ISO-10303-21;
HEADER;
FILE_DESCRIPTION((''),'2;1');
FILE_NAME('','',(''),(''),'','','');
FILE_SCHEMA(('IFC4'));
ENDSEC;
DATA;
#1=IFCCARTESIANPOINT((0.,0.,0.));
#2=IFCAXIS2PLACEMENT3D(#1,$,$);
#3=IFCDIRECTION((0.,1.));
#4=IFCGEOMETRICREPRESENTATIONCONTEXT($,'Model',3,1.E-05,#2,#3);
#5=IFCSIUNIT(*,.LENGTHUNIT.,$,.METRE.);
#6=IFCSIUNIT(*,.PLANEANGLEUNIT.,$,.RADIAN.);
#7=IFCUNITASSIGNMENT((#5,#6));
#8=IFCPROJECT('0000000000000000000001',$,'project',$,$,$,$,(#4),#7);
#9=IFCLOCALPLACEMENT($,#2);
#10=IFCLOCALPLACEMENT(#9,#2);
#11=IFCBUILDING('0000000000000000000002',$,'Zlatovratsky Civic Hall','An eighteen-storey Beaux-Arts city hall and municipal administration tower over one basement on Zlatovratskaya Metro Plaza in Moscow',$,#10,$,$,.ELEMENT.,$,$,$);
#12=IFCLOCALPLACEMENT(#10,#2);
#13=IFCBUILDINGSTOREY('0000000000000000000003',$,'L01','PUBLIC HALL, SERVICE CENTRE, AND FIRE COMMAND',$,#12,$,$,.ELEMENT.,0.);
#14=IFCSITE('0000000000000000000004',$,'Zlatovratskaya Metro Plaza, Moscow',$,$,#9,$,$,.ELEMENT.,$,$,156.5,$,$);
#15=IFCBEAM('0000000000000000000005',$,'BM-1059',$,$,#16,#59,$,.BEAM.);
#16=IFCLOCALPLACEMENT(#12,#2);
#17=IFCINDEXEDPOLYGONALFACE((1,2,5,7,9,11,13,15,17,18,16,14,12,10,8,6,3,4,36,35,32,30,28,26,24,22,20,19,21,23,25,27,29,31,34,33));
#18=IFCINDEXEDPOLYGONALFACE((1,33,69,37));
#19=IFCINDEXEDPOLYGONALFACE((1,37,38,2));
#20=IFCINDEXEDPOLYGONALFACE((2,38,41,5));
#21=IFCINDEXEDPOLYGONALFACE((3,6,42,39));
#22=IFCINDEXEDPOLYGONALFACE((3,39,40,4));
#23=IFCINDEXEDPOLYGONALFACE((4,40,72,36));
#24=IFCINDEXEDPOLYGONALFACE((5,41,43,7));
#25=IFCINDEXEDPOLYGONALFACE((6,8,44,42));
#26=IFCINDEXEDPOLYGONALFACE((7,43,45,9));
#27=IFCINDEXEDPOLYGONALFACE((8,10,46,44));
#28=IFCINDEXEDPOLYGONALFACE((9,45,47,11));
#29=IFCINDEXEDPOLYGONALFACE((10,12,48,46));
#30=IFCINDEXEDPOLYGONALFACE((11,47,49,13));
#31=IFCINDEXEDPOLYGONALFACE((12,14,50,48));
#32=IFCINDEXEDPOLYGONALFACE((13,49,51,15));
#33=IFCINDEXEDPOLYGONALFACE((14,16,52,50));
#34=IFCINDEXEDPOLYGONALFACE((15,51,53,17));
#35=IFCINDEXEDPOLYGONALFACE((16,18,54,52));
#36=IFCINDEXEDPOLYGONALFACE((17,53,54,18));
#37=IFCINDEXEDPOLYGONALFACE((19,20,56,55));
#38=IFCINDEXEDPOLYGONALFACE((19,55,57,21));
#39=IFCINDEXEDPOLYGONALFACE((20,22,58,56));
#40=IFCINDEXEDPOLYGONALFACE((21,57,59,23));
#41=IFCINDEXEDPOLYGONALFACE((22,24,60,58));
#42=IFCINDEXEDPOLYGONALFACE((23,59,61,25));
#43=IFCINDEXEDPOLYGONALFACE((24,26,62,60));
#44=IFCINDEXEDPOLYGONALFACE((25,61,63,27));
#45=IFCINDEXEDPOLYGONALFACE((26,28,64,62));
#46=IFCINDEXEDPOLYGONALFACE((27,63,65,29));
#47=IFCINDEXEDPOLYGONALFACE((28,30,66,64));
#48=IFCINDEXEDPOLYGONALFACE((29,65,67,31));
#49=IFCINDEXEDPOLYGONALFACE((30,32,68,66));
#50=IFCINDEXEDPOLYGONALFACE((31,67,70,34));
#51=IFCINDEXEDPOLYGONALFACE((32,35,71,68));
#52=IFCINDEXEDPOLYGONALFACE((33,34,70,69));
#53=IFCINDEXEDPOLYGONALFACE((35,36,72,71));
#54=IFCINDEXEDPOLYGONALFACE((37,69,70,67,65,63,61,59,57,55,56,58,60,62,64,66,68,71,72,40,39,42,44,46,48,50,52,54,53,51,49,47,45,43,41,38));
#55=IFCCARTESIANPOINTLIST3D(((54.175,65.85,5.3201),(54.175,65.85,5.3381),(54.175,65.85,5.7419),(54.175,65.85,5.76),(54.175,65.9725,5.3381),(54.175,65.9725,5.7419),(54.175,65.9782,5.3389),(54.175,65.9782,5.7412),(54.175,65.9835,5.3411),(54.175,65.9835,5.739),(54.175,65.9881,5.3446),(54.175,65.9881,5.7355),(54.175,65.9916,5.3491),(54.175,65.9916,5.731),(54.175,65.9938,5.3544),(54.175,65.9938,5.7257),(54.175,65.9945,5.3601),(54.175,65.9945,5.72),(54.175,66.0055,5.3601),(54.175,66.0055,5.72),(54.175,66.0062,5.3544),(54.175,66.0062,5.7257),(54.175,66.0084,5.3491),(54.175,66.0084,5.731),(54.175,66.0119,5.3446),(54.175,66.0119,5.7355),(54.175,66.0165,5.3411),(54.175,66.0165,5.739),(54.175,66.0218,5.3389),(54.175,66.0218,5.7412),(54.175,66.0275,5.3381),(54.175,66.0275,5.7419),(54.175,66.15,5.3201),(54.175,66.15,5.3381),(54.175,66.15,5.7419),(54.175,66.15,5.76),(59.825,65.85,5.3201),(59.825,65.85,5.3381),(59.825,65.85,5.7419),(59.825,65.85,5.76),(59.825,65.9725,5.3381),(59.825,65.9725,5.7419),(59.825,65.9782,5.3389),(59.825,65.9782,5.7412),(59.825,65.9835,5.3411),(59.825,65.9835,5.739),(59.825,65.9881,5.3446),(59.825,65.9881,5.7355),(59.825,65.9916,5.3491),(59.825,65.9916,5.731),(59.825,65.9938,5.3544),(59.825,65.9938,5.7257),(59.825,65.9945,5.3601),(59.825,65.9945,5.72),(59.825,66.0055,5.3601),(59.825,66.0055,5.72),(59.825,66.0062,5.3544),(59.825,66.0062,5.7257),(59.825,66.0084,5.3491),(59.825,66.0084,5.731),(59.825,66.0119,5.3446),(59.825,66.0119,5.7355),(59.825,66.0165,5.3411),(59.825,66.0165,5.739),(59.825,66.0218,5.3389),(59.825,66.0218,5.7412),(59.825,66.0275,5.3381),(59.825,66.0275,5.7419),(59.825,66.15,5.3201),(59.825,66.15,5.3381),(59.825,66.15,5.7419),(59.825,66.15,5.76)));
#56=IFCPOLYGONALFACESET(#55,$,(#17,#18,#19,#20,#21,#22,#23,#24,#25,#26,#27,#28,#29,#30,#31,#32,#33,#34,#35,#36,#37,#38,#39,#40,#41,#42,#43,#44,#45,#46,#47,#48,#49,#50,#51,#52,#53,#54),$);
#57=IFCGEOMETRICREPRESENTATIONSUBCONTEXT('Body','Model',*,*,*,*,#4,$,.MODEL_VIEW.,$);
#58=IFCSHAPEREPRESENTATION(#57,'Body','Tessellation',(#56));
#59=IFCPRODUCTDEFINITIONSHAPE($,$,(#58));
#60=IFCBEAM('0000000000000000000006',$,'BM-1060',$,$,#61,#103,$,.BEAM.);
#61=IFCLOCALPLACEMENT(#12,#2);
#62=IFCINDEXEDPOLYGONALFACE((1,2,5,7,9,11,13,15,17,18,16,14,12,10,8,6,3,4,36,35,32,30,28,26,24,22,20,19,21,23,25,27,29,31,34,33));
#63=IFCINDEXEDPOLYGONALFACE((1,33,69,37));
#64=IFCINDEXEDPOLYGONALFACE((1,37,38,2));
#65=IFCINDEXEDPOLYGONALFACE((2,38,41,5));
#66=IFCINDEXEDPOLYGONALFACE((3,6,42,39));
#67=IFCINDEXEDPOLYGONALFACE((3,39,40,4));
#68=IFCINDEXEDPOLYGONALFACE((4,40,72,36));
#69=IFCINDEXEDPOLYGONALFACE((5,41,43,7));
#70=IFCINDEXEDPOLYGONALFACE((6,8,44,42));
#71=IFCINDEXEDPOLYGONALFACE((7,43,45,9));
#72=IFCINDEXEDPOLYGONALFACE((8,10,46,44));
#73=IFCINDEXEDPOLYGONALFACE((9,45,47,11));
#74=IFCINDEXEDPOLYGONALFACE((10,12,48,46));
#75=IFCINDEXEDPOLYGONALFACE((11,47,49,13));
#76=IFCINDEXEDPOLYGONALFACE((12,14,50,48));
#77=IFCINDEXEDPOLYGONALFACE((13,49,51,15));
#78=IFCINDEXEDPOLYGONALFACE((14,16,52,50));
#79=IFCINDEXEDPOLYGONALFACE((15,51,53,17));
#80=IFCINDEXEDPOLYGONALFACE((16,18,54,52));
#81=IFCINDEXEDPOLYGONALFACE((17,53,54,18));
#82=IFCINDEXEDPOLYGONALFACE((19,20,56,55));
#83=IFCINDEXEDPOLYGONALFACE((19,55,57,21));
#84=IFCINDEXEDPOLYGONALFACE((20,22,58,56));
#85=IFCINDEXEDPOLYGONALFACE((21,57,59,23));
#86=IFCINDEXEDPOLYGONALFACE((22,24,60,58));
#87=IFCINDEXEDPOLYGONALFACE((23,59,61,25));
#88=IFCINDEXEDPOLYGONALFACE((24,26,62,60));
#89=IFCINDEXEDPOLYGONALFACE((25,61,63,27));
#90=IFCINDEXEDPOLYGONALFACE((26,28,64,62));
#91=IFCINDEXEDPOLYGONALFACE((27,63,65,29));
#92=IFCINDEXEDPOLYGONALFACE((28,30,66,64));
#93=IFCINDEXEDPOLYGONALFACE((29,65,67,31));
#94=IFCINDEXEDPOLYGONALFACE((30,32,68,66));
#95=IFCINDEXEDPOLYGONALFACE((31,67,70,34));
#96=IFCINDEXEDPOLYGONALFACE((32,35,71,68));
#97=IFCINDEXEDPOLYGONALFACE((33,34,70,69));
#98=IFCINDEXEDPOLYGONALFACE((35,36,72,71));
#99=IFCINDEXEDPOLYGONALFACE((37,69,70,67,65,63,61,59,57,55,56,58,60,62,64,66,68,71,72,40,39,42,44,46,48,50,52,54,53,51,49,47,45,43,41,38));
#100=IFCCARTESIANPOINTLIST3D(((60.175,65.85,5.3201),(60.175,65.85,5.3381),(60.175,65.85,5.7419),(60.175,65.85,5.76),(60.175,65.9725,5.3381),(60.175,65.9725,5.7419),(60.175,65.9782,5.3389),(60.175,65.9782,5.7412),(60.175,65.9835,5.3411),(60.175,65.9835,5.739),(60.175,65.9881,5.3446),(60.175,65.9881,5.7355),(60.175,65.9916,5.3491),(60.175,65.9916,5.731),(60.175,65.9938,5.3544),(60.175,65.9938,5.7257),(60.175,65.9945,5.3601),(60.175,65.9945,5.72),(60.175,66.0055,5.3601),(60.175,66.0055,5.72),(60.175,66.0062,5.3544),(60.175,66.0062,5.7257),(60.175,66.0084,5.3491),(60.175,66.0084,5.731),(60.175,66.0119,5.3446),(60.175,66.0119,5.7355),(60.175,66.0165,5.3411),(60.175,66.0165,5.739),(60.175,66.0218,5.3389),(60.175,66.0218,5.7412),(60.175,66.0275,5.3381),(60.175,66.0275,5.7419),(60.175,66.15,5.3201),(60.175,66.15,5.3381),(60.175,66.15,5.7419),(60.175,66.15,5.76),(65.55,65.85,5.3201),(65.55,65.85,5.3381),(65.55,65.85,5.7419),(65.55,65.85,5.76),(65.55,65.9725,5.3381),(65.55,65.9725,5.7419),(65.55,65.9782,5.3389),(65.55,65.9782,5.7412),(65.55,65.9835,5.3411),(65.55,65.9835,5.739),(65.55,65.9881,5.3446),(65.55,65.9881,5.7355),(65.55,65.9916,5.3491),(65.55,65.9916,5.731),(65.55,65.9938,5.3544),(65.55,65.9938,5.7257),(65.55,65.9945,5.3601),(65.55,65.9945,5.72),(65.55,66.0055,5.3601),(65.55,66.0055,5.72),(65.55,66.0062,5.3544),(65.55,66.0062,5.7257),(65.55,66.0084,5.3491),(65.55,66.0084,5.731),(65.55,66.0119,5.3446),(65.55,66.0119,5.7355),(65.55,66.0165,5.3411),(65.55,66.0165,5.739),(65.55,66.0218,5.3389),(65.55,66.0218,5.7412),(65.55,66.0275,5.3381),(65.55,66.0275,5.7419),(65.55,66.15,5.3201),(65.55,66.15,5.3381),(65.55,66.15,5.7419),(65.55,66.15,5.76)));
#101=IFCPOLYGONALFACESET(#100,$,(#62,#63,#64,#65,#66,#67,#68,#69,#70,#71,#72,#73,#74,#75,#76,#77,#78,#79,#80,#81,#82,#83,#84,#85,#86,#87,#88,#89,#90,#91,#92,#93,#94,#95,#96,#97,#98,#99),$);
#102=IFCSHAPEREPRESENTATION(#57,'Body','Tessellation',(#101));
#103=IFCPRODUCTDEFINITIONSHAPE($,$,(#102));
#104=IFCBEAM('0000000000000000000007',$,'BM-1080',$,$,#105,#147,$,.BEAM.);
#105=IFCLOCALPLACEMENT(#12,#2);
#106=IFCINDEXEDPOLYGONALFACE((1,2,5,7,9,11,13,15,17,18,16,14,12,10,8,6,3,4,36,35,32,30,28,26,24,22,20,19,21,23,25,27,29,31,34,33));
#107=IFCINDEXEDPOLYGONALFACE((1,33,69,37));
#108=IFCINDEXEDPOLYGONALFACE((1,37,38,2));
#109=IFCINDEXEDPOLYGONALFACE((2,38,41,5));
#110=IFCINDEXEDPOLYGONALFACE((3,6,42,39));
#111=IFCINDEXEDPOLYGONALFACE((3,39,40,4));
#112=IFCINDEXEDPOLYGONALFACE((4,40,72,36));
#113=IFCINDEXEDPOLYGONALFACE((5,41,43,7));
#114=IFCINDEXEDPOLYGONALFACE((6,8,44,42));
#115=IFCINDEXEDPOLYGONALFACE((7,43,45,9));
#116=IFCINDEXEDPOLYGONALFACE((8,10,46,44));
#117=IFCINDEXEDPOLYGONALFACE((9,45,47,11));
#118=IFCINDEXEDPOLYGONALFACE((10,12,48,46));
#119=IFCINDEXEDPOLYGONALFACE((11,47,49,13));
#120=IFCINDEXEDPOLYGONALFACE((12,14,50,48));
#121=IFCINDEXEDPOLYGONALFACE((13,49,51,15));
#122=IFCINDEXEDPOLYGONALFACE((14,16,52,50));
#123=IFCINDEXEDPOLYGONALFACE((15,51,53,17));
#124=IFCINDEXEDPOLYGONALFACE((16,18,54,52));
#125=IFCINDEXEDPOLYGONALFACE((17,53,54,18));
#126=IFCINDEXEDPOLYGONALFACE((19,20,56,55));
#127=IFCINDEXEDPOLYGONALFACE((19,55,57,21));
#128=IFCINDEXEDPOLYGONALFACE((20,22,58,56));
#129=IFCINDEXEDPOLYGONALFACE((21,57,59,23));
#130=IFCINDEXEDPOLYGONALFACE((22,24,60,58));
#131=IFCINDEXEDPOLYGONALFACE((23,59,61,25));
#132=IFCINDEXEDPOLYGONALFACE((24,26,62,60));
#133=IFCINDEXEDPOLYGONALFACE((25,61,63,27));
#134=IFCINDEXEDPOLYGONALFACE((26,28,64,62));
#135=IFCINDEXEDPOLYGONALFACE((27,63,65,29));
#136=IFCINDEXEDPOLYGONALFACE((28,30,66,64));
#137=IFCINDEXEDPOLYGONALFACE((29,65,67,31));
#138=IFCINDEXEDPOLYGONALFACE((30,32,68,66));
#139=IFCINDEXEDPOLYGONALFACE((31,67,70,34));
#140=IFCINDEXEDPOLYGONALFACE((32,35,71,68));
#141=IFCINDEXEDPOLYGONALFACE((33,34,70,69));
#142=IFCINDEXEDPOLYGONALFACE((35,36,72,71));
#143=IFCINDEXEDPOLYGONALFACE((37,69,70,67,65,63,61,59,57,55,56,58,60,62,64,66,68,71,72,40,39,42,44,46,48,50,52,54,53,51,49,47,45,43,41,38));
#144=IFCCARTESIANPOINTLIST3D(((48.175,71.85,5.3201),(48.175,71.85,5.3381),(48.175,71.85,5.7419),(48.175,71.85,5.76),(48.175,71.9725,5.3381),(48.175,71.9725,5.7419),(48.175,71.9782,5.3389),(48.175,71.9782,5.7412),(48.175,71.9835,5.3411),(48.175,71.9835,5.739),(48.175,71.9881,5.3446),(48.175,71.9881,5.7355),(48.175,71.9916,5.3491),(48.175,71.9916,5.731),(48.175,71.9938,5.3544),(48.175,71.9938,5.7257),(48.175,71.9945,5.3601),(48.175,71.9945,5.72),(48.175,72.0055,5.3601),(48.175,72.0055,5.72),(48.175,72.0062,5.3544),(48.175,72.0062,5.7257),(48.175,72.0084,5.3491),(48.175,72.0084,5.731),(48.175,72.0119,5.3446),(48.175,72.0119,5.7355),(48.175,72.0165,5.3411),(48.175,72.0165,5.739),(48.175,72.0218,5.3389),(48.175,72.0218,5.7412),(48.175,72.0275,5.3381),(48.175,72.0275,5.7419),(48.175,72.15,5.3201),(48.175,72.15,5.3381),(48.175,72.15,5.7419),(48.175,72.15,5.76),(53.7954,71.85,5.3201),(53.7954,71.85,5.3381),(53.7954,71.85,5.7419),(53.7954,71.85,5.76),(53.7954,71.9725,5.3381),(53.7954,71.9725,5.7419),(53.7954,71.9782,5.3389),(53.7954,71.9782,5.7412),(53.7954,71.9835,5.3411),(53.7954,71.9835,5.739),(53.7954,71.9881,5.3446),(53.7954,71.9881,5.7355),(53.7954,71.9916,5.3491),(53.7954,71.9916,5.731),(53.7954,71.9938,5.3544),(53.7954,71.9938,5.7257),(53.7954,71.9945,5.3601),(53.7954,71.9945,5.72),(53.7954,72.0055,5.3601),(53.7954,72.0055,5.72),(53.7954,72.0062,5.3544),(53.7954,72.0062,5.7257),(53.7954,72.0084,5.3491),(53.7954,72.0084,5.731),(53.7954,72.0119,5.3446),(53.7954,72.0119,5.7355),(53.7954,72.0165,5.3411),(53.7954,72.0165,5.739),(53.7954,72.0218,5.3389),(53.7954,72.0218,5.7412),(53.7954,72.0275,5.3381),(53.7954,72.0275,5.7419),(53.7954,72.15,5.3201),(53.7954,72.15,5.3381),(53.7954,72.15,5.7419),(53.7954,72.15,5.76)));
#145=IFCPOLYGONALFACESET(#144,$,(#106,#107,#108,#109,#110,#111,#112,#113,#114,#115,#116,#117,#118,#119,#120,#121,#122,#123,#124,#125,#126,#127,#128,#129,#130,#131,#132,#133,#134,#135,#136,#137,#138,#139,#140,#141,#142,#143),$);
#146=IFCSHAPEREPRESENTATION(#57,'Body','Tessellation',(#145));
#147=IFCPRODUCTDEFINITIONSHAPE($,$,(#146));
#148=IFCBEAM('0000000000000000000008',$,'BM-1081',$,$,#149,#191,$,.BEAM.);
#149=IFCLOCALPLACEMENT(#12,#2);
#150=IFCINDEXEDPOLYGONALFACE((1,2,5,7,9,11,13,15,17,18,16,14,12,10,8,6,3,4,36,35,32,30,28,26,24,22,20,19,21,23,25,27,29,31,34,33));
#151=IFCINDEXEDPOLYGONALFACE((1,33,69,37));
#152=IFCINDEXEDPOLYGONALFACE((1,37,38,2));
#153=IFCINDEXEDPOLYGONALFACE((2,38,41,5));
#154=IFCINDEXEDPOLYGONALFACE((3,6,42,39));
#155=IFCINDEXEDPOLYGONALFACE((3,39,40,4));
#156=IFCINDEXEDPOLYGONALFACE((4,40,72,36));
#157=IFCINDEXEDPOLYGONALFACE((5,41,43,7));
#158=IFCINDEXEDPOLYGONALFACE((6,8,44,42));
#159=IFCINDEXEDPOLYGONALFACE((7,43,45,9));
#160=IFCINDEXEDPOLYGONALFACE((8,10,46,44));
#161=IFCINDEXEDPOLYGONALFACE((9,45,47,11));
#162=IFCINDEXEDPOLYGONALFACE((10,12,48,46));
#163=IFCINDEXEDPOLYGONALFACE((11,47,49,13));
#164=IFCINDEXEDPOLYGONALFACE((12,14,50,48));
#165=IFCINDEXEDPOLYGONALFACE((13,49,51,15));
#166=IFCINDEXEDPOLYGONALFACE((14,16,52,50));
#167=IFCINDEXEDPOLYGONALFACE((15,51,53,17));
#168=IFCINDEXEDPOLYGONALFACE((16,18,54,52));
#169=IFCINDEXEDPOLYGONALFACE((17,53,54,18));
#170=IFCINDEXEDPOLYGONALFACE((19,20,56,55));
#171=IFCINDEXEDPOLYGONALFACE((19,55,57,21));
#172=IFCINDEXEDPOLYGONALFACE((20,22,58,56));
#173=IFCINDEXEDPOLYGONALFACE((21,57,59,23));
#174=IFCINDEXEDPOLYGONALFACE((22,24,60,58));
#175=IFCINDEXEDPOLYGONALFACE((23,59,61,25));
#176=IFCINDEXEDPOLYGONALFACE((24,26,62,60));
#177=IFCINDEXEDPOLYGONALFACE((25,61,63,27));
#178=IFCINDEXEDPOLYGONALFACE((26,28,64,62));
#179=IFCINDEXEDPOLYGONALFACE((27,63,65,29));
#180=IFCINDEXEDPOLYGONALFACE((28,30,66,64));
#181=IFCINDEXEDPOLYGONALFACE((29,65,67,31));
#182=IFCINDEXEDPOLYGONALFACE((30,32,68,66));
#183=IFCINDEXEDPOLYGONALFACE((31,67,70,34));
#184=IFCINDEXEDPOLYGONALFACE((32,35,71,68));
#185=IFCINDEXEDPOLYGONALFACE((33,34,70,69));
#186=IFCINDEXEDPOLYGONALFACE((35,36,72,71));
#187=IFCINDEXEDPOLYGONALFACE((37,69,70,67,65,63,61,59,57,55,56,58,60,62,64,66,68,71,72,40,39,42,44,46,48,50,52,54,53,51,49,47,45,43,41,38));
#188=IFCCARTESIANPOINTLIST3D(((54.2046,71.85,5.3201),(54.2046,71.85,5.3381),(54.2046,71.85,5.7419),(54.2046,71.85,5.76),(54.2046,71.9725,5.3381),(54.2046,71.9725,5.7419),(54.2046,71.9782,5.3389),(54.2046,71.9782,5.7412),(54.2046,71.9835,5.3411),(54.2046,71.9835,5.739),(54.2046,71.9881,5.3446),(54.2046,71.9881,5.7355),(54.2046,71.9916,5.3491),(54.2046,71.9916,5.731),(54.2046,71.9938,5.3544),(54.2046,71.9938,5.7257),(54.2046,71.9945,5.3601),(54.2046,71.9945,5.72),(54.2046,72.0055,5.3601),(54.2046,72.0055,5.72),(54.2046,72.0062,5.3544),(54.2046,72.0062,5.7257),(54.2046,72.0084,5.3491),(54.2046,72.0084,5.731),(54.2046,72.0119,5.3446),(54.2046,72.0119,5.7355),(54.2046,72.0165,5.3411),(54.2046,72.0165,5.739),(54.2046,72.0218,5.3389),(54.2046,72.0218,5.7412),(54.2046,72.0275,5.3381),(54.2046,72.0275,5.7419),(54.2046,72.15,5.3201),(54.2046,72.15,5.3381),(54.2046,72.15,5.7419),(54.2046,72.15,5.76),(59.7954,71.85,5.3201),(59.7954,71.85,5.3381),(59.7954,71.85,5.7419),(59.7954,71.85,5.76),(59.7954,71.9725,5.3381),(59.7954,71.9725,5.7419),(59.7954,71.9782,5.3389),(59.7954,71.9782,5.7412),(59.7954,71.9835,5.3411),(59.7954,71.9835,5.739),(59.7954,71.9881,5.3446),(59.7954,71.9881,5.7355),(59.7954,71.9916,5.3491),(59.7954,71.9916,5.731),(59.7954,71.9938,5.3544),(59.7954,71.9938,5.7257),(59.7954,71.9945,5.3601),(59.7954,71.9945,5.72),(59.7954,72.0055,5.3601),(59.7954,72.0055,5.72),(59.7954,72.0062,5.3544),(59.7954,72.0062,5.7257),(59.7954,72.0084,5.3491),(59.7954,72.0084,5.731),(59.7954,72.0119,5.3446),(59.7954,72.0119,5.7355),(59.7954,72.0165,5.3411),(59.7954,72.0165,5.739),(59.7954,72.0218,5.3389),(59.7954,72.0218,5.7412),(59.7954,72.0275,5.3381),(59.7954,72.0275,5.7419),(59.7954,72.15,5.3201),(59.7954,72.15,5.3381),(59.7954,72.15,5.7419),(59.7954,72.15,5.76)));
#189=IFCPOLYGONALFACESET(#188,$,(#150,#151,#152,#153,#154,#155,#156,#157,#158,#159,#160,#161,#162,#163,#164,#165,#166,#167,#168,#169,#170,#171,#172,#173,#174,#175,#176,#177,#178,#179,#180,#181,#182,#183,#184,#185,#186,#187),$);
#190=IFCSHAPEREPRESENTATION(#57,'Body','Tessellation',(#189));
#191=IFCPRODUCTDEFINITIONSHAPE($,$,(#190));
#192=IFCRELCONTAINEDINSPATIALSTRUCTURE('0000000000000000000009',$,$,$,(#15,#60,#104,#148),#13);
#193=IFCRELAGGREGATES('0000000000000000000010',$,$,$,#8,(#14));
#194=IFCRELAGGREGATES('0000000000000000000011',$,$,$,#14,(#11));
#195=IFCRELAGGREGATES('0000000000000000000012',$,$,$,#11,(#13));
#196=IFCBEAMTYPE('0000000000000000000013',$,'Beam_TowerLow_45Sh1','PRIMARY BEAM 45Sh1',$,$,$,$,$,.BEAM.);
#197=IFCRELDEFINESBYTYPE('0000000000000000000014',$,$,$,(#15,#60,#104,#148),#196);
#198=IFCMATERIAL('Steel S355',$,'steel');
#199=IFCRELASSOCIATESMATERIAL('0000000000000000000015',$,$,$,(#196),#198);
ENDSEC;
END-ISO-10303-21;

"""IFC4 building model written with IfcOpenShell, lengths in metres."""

from ifc_helpers import new_model, si_unit, direction, frame, origin, origin_2d, place, context, subcontext, project, spatial, i_section, extrude, material, material_profile, profile_set, type_object, element, save


model = new_model("IFC4")

# Units and contexts
model_context = context("Model", 3, precision=1e-05, world=origin(), true_north=direction((0.0, 1.0)))
body_context = subcontext(model_context, "Body", "Model", "MODEL_VIEW")
ifc_project = project(units=[si_unit("LENGTHUNIT", "METRE"), si_unit("PLANEANGLEUNIT", "RADIAN")], contexts=[model_context])

# Site, building, storey
site_placement = place(None, origin())
site = spatial("IfcSite", under=ifc_project, at=site_placement, Name="Zlatovratskaya Metro Plaza, Moscow", CompositionType="ELEMENT", RefElevation=156.5)
building_placement = place(site_placement, origin())
building = spatial("IfcBuilding", under=site, at=building_placement, Name="Zlatovratsky Civic Hall", Description="An eighteen-storey Beaux-Arts city hall and municipal administration tower over one basement on Zlatovratskaya Metro Plaza in Moscow", CompositionType="ELEMENT")
storey_placement = place(building_placement, origin())
storey = spatial("IfcBuildingStorey", under=building, at=storey_placement, Name="L01", Description="PUBLIC HALL, SERVICE CENTRE, AND FIRE COMMAND", CompositionType="ELEMENT", Elevation=0.0)

# Shared definitions
ifc_material_1 = material(Name="Steel S355", Category="steel")

# Beams
ifc_material_profile_1 = material_profile(ifc_material_1, i_section(OverallWidth=0.3, OverallDepth=0.4399, WebThickness=0.011, FlangeThickness=0.0181, FilletRadius=0.022, at=origin_2d()), Name="45Sh1")
ifc_profile_set_1 = profile_set([ifc_material_profile_1], Name="Steel S355")
beam_type = type_object("IfcBeamType", Name="Beam_TowerLow_45Sh1", Description="PRIMARY BEAM 45Sh1", PredefinedType="BEAM", material=ifc_profile_set_1)
for number, where, z_axis, x_axis, name in (
    (1, (54.175, 66.0, 5.54), (1.0, 0.0, 0.0), (0.0, 1.0, 0.0), "BM-1059"),
):
    element("IfcBeam", number, at=place(storey_placement, frame(where, z_axis=z_axis, x_axis=x_axis)), inside=storey, type_object=beam_type, Name=name, PredefinedType="BEAM", context=body_context, shape_type="SweptSolid", body=[
        extrude(i_section(OverallWidth=0.3, OverallDepth=0.4399, WebThickness=0.011, FlangeThickness=0.0181, FilletRadius=0.022, at=origin_2d()), origin(), (0.0, 0.0, 1.0), 5.6499),
    ])
beam_1_placement = place(storey_placement, frame((60.175, 66.0, 5.54), z_axis=(1.0, 0.0, 0.0), x_axis=(0.0, 1.0, 0.0)))
element("IfcBeam", 2, at=beam_1_placement, inside=storey, type_object=beam_type, Name="BM-1060", PredefinedType="BEAM", context=body_context, shape_type="SweptSolid", body=[
    extrude(i_section(OverallWidth=0.3, OverallDepth=0.4399, WebThickness=0.011, FlangeThickness=0.0181, FilletRadius=0.022, at=origin_2d()), origin(), (0.0, 0.0, 1.0), 5.375),
])
beam_2_placement = place(storey_placement, frame((48.175, 72.0, 5.54), z_axis=(1.0, 0.0, 0.0), x_axis=(0.0, 1.0, 0.0)))
element("IfcBeam", 3, at=beam_2_placement, inside=storey, type_object=beam_type, Name="BM-1080", PredefinedType="BEAM", context=body_context, shape_type="SweptSolid", body=[
    extrude(i_section(OverallWidth=0.3, OverallDepth=0.4399, WebThickness=0.011, FlangeThickness=0.0181, FilletRadius=0.022, at=origin_2d()), origin(), (0.0, 0.0, 1.0), 5.6204),
])
beam_3_placement = place(storey_placement, frame((54.2046, 72.0, 5.54), z_axis=(1.0, 0.0, 0.0), x_axis=(0.0, 1.0, 0.0)))
element("IfcBeam", 4, at=beam_3_placement, inside=storey, type_object=beam_type, Name="BM-1081", PredefinedType="BEAM", context=body_context, shape_type="SweptSolid", body=[
    extrude(i_section(OverallWidth=0.3, OverallDepth=0.4399, WebThickness=0.011, FlangeThickness=0.0181, FilletRadius=0.022, at=origin_2d()), origin(), (0.0, 0.0, 1.0), 5.5908),
])

save(model, "model.ifc")
